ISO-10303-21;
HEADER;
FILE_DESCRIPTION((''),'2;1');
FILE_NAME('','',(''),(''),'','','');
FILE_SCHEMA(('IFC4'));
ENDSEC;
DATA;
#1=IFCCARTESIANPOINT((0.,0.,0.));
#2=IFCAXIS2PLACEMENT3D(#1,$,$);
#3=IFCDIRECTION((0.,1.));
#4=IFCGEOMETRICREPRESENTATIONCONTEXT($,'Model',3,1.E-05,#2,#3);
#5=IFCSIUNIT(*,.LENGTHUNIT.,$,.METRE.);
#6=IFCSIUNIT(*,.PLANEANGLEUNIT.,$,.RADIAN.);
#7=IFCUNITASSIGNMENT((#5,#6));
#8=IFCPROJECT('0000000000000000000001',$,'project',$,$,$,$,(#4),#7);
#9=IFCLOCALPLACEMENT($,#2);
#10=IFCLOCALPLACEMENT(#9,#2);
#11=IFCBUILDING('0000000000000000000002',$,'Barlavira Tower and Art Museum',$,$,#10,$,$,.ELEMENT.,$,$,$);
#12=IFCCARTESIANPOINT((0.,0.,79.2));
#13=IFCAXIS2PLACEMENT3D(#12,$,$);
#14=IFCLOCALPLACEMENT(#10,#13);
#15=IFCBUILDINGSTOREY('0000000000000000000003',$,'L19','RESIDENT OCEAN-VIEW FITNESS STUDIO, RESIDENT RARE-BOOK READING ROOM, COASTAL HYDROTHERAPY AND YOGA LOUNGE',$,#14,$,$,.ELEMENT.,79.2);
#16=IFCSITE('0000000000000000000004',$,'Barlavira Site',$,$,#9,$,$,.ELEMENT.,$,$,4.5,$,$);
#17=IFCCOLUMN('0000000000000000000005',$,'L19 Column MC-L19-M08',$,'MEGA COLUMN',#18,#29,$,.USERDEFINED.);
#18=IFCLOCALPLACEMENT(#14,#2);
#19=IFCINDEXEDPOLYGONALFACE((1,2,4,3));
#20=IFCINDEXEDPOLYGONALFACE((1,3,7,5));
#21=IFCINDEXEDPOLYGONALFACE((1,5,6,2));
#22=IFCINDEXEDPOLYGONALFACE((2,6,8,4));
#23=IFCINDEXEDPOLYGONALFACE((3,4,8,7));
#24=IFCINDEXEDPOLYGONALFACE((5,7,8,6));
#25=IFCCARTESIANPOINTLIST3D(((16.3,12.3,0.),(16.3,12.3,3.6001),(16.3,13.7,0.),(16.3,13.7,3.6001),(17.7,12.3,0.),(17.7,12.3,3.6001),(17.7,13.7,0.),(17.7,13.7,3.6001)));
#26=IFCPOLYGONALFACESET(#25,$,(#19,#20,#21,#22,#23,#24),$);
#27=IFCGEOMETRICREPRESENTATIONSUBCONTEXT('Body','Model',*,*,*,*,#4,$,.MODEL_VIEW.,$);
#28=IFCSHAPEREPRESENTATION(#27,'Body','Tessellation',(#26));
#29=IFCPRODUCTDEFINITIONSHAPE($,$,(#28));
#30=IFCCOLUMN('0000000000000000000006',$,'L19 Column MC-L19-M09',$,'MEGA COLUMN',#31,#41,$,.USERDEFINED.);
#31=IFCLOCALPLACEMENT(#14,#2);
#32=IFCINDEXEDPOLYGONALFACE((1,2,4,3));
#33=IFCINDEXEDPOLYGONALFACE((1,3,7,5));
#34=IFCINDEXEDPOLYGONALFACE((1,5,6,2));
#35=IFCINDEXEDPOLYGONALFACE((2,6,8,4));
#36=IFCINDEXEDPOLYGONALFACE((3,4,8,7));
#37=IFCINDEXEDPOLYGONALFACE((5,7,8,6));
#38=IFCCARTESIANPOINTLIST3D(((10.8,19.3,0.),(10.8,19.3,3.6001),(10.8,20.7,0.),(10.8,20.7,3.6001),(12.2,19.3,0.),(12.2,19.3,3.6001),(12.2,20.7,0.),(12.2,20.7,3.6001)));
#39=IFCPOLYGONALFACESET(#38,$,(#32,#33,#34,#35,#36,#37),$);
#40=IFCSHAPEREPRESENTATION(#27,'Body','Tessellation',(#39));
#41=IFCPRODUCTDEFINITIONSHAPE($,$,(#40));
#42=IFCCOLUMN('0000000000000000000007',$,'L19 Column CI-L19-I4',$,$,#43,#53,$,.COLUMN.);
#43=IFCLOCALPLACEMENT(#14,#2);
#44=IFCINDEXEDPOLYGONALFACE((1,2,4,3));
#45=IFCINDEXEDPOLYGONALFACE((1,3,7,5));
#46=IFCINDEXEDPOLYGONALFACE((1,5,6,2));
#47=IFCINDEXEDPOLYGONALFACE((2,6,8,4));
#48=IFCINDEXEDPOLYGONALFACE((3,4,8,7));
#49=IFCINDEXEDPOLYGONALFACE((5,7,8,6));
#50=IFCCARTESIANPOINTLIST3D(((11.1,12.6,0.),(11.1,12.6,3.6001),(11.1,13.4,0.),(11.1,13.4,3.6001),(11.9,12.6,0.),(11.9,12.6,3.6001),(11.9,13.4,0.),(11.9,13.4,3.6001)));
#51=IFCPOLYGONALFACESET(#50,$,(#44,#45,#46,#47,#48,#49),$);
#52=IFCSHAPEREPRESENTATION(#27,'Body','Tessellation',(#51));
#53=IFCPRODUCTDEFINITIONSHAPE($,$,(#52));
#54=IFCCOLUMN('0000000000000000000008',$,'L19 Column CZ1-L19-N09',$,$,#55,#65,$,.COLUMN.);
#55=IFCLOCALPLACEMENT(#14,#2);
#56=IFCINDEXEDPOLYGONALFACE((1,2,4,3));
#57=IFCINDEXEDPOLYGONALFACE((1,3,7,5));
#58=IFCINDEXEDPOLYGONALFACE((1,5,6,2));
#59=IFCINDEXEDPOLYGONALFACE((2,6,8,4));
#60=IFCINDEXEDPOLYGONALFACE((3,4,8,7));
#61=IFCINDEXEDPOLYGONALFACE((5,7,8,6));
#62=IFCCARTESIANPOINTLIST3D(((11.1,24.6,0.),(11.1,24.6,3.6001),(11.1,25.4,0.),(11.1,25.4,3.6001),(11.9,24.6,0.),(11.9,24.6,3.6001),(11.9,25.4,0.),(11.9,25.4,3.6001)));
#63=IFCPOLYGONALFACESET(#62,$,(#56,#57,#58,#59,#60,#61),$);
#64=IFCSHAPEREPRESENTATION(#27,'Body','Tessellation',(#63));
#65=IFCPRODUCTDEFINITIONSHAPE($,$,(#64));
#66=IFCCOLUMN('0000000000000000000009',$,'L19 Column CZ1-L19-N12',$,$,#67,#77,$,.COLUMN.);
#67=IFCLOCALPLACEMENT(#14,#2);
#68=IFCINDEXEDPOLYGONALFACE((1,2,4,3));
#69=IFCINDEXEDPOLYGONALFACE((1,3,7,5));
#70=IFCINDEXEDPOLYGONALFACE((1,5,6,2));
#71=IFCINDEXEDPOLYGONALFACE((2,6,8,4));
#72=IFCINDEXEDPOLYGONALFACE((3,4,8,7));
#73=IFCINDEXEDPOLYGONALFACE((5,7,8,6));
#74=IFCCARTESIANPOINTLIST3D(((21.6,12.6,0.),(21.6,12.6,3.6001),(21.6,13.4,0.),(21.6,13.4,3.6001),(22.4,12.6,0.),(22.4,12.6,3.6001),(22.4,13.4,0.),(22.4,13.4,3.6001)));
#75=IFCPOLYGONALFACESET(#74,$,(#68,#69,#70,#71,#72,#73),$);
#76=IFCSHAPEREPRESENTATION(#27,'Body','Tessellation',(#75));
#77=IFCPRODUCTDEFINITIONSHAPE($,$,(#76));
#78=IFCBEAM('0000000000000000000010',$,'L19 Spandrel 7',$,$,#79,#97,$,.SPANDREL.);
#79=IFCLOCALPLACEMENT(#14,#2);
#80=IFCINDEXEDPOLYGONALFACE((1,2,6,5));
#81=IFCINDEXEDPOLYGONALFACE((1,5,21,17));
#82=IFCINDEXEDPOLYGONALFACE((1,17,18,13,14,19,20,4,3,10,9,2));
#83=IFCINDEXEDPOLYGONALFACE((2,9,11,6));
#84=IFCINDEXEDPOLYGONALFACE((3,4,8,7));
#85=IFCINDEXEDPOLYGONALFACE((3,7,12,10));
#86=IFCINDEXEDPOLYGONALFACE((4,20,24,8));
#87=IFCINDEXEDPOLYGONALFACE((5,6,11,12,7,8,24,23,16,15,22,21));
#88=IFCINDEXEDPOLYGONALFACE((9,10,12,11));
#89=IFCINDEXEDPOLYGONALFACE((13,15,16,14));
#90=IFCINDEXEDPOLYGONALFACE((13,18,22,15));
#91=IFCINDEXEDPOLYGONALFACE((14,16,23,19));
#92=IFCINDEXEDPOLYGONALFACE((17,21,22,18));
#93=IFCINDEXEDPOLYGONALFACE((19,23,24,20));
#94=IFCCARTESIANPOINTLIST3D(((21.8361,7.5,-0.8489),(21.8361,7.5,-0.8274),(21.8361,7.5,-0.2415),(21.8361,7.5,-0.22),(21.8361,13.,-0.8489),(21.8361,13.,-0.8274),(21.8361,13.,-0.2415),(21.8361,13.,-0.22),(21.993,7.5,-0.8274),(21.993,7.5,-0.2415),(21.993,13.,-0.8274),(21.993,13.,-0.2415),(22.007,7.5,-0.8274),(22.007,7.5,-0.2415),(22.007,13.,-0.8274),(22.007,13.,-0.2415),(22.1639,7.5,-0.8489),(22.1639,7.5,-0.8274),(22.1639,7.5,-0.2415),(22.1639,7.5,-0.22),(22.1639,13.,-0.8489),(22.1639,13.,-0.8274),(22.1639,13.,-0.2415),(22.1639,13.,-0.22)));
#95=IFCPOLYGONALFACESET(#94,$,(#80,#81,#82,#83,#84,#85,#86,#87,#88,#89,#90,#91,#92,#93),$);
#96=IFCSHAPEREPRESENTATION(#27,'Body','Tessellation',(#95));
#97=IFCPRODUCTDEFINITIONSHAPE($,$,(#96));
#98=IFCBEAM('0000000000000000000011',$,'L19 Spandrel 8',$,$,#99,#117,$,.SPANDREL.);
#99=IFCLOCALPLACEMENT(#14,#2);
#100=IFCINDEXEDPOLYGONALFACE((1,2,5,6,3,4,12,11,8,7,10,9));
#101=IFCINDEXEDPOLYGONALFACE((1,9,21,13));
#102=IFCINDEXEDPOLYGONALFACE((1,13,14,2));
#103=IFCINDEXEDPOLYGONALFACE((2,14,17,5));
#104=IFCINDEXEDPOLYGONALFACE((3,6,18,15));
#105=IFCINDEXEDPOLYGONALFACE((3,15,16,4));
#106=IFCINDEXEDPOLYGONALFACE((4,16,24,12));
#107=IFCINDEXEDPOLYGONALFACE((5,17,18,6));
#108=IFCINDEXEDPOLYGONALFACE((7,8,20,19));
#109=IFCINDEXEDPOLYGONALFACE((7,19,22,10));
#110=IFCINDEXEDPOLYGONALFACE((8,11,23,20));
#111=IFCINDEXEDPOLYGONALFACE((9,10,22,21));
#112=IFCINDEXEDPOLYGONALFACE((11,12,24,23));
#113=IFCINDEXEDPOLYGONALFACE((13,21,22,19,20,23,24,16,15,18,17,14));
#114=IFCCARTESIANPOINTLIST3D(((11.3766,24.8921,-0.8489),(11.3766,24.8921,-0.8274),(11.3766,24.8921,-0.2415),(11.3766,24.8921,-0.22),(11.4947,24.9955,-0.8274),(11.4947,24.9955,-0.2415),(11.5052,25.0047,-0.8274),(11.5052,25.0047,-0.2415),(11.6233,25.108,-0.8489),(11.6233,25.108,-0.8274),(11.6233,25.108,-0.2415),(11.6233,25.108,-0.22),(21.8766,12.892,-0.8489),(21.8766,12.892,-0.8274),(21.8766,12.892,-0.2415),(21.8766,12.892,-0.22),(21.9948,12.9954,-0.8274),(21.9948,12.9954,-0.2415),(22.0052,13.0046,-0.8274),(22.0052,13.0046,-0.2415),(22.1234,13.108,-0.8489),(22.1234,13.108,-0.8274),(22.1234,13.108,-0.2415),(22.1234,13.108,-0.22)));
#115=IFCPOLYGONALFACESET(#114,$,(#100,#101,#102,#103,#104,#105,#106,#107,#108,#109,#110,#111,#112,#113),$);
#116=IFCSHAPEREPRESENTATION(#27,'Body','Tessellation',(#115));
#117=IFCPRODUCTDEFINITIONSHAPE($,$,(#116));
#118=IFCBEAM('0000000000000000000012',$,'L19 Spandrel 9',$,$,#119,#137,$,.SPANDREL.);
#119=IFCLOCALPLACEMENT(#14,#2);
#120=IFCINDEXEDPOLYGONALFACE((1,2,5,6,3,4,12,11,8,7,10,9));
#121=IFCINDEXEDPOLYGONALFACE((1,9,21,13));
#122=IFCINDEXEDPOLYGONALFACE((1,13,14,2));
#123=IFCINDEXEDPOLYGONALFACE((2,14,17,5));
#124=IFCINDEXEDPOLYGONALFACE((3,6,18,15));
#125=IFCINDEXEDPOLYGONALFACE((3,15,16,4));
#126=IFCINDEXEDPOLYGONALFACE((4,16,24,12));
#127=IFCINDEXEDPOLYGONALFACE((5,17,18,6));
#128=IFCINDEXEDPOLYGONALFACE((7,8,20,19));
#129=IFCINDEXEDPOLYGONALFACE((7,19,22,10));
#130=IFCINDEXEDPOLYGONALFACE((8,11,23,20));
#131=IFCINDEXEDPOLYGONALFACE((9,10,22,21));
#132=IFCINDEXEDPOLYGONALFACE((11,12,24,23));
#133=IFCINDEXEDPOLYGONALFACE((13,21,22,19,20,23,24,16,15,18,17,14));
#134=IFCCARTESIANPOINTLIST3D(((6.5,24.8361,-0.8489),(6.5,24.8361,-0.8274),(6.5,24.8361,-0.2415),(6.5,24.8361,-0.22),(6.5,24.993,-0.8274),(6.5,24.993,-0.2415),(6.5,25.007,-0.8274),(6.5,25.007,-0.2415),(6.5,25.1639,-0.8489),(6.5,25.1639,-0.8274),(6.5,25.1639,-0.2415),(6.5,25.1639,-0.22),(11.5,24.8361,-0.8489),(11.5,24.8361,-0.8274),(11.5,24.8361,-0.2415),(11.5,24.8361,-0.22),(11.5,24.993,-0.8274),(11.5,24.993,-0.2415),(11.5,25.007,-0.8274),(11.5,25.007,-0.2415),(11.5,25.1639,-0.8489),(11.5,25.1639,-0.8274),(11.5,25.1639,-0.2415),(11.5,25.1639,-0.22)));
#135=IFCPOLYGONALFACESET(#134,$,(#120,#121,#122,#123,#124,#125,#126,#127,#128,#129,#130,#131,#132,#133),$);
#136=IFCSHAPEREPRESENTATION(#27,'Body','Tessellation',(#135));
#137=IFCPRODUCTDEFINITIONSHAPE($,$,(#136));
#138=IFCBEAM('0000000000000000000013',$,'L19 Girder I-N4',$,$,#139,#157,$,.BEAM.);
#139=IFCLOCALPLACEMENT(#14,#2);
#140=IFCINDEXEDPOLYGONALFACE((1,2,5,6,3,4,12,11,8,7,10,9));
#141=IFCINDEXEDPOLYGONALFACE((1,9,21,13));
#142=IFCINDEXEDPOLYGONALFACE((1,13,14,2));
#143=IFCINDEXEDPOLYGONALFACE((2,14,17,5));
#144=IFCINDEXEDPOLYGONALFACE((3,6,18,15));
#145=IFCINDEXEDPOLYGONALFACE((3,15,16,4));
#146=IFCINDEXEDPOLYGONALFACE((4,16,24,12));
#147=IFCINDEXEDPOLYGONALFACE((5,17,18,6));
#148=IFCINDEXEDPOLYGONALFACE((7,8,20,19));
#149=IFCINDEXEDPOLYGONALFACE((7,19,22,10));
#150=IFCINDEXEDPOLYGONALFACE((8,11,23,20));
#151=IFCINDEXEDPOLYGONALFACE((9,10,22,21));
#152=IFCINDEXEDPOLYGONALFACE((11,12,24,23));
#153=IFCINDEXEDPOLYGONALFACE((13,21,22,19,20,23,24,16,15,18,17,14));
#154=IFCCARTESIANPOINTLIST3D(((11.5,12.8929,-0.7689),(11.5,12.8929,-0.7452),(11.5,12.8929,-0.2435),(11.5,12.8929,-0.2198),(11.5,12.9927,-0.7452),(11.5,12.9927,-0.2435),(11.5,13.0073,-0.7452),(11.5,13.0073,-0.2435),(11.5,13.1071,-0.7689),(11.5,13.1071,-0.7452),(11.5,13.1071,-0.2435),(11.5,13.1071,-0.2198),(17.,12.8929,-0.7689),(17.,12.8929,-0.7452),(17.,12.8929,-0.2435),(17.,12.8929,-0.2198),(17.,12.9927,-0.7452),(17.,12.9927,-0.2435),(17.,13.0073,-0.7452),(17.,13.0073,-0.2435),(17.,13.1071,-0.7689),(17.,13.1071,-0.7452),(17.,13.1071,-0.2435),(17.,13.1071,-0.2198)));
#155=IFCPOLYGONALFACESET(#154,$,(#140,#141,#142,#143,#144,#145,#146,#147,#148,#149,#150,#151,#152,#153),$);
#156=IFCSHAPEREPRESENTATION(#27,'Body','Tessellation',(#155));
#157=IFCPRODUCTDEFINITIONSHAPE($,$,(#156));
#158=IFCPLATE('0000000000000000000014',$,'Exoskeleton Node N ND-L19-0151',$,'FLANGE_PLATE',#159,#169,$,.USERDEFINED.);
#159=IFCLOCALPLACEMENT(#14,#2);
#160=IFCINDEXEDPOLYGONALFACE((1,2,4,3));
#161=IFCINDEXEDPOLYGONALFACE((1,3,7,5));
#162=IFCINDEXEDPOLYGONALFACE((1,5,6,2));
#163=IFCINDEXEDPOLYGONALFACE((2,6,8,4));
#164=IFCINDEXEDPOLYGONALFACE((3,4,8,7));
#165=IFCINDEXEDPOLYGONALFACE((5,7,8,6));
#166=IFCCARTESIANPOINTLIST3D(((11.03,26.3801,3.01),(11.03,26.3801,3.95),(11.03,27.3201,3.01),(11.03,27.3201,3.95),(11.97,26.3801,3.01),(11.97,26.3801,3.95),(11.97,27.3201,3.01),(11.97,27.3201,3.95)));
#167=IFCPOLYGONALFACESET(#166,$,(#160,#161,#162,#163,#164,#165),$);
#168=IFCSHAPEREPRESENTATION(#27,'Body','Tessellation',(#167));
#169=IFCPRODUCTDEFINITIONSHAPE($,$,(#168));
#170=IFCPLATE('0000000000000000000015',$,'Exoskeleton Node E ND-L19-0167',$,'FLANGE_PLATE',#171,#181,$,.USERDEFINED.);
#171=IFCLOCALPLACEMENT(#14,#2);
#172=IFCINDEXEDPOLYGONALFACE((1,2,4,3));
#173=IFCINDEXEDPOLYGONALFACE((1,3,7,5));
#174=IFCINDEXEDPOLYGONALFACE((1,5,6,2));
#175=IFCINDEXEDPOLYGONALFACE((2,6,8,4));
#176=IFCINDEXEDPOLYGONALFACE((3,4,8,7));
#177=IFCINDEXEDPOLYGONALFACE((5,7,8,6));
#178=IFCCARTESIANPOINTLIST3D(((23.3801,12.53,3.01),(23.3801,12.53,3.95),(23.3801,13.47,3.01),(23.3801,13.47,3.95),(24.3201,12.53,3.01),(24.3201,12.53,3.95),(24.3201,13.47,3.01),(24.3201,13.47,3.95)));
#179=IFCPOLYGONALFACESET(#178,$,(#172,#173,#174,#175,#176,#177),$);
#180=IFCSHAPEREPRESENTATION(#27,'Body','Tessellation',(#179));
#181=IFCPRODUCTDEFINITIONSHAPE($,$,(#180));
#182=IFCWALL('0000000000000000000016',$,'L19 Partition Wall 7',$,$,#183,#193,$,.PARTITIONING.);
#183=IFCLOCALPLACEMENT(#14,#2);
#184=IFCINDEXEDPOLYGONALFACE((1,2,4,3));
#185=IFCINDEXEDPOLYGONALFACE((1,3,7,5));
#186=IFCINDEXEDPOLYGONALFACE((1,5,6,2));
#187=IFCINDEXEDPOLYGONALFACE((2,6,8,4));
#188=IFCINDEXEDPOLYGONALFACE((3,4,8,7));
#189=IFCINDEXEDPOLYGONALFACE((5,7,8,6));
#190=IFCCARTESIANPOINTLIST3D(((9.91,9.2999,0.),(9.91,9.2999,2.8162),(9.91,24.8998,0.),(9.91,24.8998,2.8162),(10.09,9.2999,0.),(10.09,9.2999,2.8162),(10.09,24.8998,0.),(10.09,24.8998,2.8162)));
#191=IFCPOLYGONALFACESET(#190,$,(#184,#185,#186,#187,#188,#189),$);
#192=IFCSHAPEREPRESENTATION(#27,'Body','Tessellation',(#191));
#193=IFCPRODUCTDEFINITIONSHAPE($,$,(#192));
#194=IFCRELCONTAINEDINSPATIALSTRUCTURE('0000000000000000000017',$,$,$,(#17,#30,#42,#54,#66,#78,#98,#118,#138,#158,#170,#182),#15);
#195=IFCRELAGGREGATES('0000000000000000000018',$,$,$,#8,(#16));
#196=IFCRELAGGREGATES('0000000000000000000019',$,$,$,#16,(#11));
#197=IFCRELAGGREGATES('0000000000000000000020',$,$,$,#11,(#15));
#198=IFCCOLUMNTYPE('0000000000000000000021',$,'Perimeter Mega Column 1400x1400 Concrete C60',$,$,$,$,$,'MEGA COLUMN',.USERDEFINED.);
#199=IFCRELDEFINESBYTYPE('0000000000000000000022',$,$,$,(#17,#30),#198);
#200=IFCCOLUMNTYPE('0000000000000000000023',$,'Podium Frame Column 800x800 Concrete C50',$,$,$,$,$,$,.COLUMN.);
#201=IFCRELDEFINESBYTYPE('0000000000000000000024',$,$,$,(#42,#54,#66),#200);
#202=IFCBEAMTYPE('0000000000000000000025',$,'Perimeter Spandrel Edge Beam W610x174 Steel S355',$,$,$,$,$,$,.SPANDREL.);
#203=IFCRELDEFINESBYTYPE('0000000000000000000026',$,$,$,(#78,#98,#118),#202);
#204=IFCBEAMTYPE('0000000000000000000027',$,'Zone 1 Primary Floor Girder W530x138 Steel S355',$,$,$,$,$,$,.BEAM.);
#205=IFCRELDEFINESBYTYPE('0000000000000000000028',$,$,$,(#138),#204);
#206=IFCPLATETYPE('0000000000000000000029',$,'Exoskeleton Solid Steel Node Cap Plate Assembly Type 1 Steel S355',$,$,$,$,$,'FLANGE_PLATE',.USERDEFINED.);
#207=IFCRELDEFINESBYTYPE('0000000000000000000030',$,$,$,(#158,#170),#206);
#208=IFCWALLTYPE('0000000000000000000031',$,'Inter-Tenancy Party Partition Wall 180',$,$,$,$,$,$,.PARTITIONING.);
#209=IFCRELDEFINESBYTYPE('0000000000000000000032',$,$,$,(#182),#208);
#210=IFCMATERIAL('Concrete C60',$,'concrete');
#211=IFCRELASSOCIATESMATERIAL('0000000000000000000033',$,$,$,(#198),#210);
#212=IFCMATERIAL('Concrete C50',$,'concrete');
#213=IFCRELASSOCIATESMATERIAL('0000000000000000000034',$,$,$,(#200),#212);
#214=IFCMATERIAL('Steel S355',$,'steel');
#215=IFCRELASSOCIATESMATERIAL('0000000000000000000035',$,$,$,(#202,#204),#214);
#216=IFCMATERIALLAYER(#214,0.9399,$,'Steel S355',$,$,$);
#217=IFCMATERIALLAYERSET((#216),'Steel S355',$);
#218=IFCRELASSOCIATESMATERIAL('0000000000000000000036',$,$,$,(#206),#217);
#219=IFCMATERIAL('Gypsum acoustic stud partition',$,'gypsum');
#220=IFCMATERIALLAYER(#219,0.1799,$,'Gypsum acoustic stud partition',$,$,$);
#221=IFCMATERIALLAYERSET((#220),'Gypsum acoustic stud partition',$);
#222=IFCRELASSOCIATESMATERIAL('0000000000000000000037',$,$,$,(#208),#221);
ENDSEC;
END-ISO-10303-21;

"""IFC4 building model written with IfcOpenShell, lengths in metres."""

from ifc_helpers import new_model, si_unit, direction, frame, frame_2d, origin, origin_2d, place, context, subcontext, project, spatial, rectangle, i_section, extrude, material, layer, layer_set, material_profile, profile_set, type_object, element, save


model = new_model("IFC4")

# Units and contexts
model_context = context("Model", 3, precision=1e-05, world=origin(), true_north=direction((0.0, 1.0)))
body_context = subcontext(model_context, "Body", "Model", "MODEL_VIEW")
ifc_project = project(units=[si_unit("LENGTHUNIT", "METRE"), si_unit("PLANEANGLEUNIT", "RADIAN")], contexts=[model_context])

# Site, building, storey
site_placement = place(None, origin())
site = spatial("IfcSite", under=ifc_project, at=site_placement, Name="Barlavira Site", CompositionType="ELEMENT", RefElevation=4.5)
building_placement = place(site_placement, origin())
building = spatial("IfcBuilding", under=site, at=building_placement, Name="Barlavira Tower and Art Museum", CompositionType="ELEMENT")
storey_placement = place(building_placement, frame((0.0, 0.0, 79.2)))
storey = spatial("IfcBuildingStorey", under=building, at=storey_placement, Name="L19", Description="RESIDENT OCEAN-VIEW FITNESS STUDIO, RESIDENT RARE-BOOK READING ROOM, COASTAL HYDROTHERAPY AND YOGA LOUNGE", CompositionType="ELEMENT", Elevation=79.2)

# Columns
ifc_material_1 = material(Name="Concrete C60", Category="concrete")
ifc_material_profile_1 = material_profile(ifc_material_1, rectangle(XDim=1.3999, YDim=1.3999, at=origin_2d()), Name="RC-MCOL 1400x1400")
ifc_profile_set_1 = profile_set([ifc_material_profile_1], Name="Concrete C60")
column_type_1 = type_object("IfcColumnType", Name="Perimeter Mega Column 1400x1400 Concrete C60", ElementType="MEGA COLUMN", PredefinedType="USERDEFINED", material=ifc_profile_set_1)
for number, where, z_axis, x_axis, name in (
    (1, (17.0, 13.0, 0.0), (0.0, 0.0, 1.0), (1.0, 0.0, 0.0), "L19 Column MC-L19-M08"),
    (2, (11.5, 20.0, 0.0), (0.0, 0.0, 1.0), (1.0, 0.0, 0.0), "L19 Column MC-L19-M09"),
):
    element("IfcColumn", number, at=place(storey_placement, frame(where, z_axis=z_axis, x_axis=x_axis)), inside=storey, type_object=column_type_1, Name=name, ObjectType="MEGA COLUMN", PredefinedType="USERDEFINED", context=body_context, shape_type="SweptSolid", body=[
        extrude(rectangle(XDim=1.3999, YDim=1.3999, at=origin_2d()), origin(), (0.0, 0.0, 1.0), 3.6001),
    ])
ifc_material_2 = material(Name="Concrete C50", Category="concrete")
ifc_material_profile_2 = material_profile(ifc_material_2, rectangle(XDim=0.8, YDim=0.8, at=origin_2d()), Name="RC-COL 800x800")
ifc_profile_set_2 = profile_set([ifc_material_profile_2], Name="Concrete C50")
column_type_2 = type_object("IfcColumnType", Name="Podium Frame Column 800x800 Concrete C50", PredefinedType="COLUMN", material=ifc_profile_set_2)
for number, where, z_axis, x_axis, name in (
    (3, (11.5, 13.0, 0.0), (0.0, 0.0, 1.0), (1.0, 0.0, 0.0), "L19 Column CI-L19-I4"),
    (4, (11.5, 25.0, 0.0), (0.0, 0.0, 1.0), (1.0, 0.0, 0.0), "L19 Column CZ1-L19-N09"),
    (5, (22.0, 13.0, 0.0), (0.0, 0.0, 1.0), (1.0, 0.0, 0.0), "L19 Column CZ1-L19-N12"),
):
    element("IfcColumn", number, at=place(storey_placement, frame(where, z_axis=z_axis, x_axis=x_axis)), inside=storey, type_object=column_type_2, Name=name, PredefinedType="COLUMN", context=body_context, shape_type="SweptSolid", body=[
        extrude(rectangle(XDim=0.8, YDim=0.8, at=origin_2d()), origin(), (0.0, 0.0, 1.0), 3.6001),
    ])

# Beams
ifc_material_3 = material(Name="Steel S355", Category="steel")
ifc_material_profile_3 = material_profile(ifc_material_3, i_section(OverallWidth=0.3279, OverallDepth=0.6289, WebThickness=0.0139, FlangeThickness=0.0215, at=origin_2d()), Name="W610x174.0")
ifc_profile_set_3 = profile_set([ifc_material_profile_3], Name="Steel S355")
beam_type_1 = type_object("IfcBeamType", Name="Perimeter Spandrel Edge Beam W610x174 Steel S355", PredefinedType="SPANDREL", material=ifc_profile_set_3)
beam_1_placement = place(storey_placement, frame((22.0, 7.5, -0.5344), z_axis=(0.0, 1.0, 0.0), x_axis=(-1.0, 0.0, 0.0)))
element("IfcBeam", 6, at=beam_1_placement, inside=storey, type_object=beam_type_1, Name="L19 Spandrel 7", PredefinedType="SPANDREL", context=body_context, shape_type="SweptSolid", body=[
    extrude(i_section(OverallWidth=0.3279, OverallDepth=0.6289, WebThickness=0.0139, FlangeThickness=0.0215, at=origin_2d()), origin(), (0.0, 0.0, 1.0), 5.5),
])
beam_2_placement = place(storey_placement, frame((22.0, 13.0, -0.5344), z_axis=(-0.658505, 0.752577, 0.0), x_axis=(-0.752577, -0.658505, 0.0)))
element("IfcBeam", 7, at=beam_2_placement, inside=storey, type_object=beam_type_1, Name="L19 Spandrel 8", PredefinedType="SPANDREL", context=body_context, shape_type="SweptSolid", body=[
    extrude(i_section(OverallWidth=0.3279, OverallDepth=0.6289, WebThickness=0.0139, FlangeThickness=0.0215, at=origin_2d()), origin(), (0.0, 0.0, 1.0), 15.9453),
])
beam_3_placement = place(storey_placement, frame((6.5, 25.0, -0.5344), z_axis=(1.0, 0.0, 0.0), x_axis=(0.0, 1.0, 0.0)))
element("IfcBeam", 8, at=beam_3_placement, inside=storey, type_object=beam_type_1, Name="L19 Spandrel 9", PredefinedType="SPANDREL", context=body_context, shape_type="SweptSolid", body=[
    extrude(i_section(OverallWidth=0.3279, OverallDepth=0.6289, WebThickness=0.0139, FlangeThickness=0.0215, at=origin_2d()), origin(), (0.0, 0.0, 1.0), 5.0),
])
ifc_material_profile_4 = material_profile(ifc_material_3, i_section(OverallWidth=0.2141, OverallDepth=0.5491, WebThickness=0.0146, FlangeThickness=0.0237, at=origin_2d()), Name="W530x138.0")
ifc_profile_set_4 = profile_set([ifc_material_profile_4], Name="Steel S355")
beam_type_2 = type_object("IfcBeamType", Name="Zone 1 Primary Floor Girder W530x138 Steel S355", PredefinedType="BEAM", material=ifc_profile_set_4)
beam_4_placement = place(storey_placement, frame((11.5, 13.0, -0.4944), z_axis=(1.0, 0.0, 0.0), x_axis=(0.0, 1.0, 0.0)))
element("IfcBeam", 9, at=beam_4_placement, inside=storey, type_object=beam_type_2, Name="L19 Girder I-N4", PredefinedType="BEAM", context=body_context, shape_type="SweptSolid", body=[
    extrude(i_section(OverallWidth=0.2141, OverallDepth=0.5491, WebThickness=0.0146, FlangeThickness=0.0237, at=origin_2d()), origin(), (0.0, 0.0, 1.0), 5.5),
])

# Plates
ifc_layer_1 = layer(ifc_material_3, 0.9399, Name="Steel S355")
ifc_layer_set_1 = layer_set([ifc_layer_1], Name="Steel S355")
plate_type = type_object("IfcPlateType", Name="Exoskeleton Solid Steel Node Cap Plate Assembly Type 1 Steel S355", ElementType="FLANGE_PLATE", PredefinedType="USERDEFINED", material=ifc_layer_set_1)
for number, where, z_axis, x_axis, name in (
    (10, (11.5, 26.8501, 3.01), (0.0, 0.0, 1.0), (1.0, 0.0, 0.0), "Exoskeleton Node N ND-L19-0151"),
    (11, (23.8501, 13.0, 3.01), (0.0, 0.0, 1.0), (1.0, 0.0, 0.0), "Exoskeleton Node E ND-L19-0167"),
):
    element("IfcPlate", number, at=place(storey_placement, frame(where, z_axis=z_axis, x_axis=x_axis)), inside=storey, type_object=plate_type, Name=name, ObjectType="FLANGE_PLATE", PredefinedType="USERDEFINED", context=body_context, shape_type="SweptSolid", body=[
        extrude(rectangle(XDim=0.9399, YDim=0.9399, at=origin_2d()), origin(), (0.0, 0.0, 1.0), 0.9399),
    ])

# Wall
ifc_material_4 = material(Name="Gypsum acoustic stud partition", Category="gypsum")
ifc_layer_2 = layer(ifc_material_4, 0.1799, Name="Gypsum acoustic stud partition")
ifc_layer_set_2 = layer_set([ifc_layer_2], Name="Gypsum acoustic stud partition")
wall_type_1 = type_object("IfcWallType", Name="Inter-Tenancy Party Partition Wall 180", PredefinedType="PARTITIONING", material=ifc_layer_set_2)
wall_1_placement = place(storey_placement, frame((10.0, 9.3, 0.0), z_axis=(0.0, 0.0, 1.0), x_axis=(0.0, 1.0, 0.0)))
element("IfcWall", 12, at=wall_1_placement, inside=storey, type_object=wall_type_1, Name="L19 Partition Wall 7", PredefinedType="PARTITIONING", context=body_context, shape_type="SweptSolid", body=[
    extrude(rectangle(XDim=15.5999, YDim=0.1799, at=frame_2d((7.7998, 0.0))), origin(), (0.0, 0.0, 1.0), 2.8162),
])

save(model, "model.ifc")
